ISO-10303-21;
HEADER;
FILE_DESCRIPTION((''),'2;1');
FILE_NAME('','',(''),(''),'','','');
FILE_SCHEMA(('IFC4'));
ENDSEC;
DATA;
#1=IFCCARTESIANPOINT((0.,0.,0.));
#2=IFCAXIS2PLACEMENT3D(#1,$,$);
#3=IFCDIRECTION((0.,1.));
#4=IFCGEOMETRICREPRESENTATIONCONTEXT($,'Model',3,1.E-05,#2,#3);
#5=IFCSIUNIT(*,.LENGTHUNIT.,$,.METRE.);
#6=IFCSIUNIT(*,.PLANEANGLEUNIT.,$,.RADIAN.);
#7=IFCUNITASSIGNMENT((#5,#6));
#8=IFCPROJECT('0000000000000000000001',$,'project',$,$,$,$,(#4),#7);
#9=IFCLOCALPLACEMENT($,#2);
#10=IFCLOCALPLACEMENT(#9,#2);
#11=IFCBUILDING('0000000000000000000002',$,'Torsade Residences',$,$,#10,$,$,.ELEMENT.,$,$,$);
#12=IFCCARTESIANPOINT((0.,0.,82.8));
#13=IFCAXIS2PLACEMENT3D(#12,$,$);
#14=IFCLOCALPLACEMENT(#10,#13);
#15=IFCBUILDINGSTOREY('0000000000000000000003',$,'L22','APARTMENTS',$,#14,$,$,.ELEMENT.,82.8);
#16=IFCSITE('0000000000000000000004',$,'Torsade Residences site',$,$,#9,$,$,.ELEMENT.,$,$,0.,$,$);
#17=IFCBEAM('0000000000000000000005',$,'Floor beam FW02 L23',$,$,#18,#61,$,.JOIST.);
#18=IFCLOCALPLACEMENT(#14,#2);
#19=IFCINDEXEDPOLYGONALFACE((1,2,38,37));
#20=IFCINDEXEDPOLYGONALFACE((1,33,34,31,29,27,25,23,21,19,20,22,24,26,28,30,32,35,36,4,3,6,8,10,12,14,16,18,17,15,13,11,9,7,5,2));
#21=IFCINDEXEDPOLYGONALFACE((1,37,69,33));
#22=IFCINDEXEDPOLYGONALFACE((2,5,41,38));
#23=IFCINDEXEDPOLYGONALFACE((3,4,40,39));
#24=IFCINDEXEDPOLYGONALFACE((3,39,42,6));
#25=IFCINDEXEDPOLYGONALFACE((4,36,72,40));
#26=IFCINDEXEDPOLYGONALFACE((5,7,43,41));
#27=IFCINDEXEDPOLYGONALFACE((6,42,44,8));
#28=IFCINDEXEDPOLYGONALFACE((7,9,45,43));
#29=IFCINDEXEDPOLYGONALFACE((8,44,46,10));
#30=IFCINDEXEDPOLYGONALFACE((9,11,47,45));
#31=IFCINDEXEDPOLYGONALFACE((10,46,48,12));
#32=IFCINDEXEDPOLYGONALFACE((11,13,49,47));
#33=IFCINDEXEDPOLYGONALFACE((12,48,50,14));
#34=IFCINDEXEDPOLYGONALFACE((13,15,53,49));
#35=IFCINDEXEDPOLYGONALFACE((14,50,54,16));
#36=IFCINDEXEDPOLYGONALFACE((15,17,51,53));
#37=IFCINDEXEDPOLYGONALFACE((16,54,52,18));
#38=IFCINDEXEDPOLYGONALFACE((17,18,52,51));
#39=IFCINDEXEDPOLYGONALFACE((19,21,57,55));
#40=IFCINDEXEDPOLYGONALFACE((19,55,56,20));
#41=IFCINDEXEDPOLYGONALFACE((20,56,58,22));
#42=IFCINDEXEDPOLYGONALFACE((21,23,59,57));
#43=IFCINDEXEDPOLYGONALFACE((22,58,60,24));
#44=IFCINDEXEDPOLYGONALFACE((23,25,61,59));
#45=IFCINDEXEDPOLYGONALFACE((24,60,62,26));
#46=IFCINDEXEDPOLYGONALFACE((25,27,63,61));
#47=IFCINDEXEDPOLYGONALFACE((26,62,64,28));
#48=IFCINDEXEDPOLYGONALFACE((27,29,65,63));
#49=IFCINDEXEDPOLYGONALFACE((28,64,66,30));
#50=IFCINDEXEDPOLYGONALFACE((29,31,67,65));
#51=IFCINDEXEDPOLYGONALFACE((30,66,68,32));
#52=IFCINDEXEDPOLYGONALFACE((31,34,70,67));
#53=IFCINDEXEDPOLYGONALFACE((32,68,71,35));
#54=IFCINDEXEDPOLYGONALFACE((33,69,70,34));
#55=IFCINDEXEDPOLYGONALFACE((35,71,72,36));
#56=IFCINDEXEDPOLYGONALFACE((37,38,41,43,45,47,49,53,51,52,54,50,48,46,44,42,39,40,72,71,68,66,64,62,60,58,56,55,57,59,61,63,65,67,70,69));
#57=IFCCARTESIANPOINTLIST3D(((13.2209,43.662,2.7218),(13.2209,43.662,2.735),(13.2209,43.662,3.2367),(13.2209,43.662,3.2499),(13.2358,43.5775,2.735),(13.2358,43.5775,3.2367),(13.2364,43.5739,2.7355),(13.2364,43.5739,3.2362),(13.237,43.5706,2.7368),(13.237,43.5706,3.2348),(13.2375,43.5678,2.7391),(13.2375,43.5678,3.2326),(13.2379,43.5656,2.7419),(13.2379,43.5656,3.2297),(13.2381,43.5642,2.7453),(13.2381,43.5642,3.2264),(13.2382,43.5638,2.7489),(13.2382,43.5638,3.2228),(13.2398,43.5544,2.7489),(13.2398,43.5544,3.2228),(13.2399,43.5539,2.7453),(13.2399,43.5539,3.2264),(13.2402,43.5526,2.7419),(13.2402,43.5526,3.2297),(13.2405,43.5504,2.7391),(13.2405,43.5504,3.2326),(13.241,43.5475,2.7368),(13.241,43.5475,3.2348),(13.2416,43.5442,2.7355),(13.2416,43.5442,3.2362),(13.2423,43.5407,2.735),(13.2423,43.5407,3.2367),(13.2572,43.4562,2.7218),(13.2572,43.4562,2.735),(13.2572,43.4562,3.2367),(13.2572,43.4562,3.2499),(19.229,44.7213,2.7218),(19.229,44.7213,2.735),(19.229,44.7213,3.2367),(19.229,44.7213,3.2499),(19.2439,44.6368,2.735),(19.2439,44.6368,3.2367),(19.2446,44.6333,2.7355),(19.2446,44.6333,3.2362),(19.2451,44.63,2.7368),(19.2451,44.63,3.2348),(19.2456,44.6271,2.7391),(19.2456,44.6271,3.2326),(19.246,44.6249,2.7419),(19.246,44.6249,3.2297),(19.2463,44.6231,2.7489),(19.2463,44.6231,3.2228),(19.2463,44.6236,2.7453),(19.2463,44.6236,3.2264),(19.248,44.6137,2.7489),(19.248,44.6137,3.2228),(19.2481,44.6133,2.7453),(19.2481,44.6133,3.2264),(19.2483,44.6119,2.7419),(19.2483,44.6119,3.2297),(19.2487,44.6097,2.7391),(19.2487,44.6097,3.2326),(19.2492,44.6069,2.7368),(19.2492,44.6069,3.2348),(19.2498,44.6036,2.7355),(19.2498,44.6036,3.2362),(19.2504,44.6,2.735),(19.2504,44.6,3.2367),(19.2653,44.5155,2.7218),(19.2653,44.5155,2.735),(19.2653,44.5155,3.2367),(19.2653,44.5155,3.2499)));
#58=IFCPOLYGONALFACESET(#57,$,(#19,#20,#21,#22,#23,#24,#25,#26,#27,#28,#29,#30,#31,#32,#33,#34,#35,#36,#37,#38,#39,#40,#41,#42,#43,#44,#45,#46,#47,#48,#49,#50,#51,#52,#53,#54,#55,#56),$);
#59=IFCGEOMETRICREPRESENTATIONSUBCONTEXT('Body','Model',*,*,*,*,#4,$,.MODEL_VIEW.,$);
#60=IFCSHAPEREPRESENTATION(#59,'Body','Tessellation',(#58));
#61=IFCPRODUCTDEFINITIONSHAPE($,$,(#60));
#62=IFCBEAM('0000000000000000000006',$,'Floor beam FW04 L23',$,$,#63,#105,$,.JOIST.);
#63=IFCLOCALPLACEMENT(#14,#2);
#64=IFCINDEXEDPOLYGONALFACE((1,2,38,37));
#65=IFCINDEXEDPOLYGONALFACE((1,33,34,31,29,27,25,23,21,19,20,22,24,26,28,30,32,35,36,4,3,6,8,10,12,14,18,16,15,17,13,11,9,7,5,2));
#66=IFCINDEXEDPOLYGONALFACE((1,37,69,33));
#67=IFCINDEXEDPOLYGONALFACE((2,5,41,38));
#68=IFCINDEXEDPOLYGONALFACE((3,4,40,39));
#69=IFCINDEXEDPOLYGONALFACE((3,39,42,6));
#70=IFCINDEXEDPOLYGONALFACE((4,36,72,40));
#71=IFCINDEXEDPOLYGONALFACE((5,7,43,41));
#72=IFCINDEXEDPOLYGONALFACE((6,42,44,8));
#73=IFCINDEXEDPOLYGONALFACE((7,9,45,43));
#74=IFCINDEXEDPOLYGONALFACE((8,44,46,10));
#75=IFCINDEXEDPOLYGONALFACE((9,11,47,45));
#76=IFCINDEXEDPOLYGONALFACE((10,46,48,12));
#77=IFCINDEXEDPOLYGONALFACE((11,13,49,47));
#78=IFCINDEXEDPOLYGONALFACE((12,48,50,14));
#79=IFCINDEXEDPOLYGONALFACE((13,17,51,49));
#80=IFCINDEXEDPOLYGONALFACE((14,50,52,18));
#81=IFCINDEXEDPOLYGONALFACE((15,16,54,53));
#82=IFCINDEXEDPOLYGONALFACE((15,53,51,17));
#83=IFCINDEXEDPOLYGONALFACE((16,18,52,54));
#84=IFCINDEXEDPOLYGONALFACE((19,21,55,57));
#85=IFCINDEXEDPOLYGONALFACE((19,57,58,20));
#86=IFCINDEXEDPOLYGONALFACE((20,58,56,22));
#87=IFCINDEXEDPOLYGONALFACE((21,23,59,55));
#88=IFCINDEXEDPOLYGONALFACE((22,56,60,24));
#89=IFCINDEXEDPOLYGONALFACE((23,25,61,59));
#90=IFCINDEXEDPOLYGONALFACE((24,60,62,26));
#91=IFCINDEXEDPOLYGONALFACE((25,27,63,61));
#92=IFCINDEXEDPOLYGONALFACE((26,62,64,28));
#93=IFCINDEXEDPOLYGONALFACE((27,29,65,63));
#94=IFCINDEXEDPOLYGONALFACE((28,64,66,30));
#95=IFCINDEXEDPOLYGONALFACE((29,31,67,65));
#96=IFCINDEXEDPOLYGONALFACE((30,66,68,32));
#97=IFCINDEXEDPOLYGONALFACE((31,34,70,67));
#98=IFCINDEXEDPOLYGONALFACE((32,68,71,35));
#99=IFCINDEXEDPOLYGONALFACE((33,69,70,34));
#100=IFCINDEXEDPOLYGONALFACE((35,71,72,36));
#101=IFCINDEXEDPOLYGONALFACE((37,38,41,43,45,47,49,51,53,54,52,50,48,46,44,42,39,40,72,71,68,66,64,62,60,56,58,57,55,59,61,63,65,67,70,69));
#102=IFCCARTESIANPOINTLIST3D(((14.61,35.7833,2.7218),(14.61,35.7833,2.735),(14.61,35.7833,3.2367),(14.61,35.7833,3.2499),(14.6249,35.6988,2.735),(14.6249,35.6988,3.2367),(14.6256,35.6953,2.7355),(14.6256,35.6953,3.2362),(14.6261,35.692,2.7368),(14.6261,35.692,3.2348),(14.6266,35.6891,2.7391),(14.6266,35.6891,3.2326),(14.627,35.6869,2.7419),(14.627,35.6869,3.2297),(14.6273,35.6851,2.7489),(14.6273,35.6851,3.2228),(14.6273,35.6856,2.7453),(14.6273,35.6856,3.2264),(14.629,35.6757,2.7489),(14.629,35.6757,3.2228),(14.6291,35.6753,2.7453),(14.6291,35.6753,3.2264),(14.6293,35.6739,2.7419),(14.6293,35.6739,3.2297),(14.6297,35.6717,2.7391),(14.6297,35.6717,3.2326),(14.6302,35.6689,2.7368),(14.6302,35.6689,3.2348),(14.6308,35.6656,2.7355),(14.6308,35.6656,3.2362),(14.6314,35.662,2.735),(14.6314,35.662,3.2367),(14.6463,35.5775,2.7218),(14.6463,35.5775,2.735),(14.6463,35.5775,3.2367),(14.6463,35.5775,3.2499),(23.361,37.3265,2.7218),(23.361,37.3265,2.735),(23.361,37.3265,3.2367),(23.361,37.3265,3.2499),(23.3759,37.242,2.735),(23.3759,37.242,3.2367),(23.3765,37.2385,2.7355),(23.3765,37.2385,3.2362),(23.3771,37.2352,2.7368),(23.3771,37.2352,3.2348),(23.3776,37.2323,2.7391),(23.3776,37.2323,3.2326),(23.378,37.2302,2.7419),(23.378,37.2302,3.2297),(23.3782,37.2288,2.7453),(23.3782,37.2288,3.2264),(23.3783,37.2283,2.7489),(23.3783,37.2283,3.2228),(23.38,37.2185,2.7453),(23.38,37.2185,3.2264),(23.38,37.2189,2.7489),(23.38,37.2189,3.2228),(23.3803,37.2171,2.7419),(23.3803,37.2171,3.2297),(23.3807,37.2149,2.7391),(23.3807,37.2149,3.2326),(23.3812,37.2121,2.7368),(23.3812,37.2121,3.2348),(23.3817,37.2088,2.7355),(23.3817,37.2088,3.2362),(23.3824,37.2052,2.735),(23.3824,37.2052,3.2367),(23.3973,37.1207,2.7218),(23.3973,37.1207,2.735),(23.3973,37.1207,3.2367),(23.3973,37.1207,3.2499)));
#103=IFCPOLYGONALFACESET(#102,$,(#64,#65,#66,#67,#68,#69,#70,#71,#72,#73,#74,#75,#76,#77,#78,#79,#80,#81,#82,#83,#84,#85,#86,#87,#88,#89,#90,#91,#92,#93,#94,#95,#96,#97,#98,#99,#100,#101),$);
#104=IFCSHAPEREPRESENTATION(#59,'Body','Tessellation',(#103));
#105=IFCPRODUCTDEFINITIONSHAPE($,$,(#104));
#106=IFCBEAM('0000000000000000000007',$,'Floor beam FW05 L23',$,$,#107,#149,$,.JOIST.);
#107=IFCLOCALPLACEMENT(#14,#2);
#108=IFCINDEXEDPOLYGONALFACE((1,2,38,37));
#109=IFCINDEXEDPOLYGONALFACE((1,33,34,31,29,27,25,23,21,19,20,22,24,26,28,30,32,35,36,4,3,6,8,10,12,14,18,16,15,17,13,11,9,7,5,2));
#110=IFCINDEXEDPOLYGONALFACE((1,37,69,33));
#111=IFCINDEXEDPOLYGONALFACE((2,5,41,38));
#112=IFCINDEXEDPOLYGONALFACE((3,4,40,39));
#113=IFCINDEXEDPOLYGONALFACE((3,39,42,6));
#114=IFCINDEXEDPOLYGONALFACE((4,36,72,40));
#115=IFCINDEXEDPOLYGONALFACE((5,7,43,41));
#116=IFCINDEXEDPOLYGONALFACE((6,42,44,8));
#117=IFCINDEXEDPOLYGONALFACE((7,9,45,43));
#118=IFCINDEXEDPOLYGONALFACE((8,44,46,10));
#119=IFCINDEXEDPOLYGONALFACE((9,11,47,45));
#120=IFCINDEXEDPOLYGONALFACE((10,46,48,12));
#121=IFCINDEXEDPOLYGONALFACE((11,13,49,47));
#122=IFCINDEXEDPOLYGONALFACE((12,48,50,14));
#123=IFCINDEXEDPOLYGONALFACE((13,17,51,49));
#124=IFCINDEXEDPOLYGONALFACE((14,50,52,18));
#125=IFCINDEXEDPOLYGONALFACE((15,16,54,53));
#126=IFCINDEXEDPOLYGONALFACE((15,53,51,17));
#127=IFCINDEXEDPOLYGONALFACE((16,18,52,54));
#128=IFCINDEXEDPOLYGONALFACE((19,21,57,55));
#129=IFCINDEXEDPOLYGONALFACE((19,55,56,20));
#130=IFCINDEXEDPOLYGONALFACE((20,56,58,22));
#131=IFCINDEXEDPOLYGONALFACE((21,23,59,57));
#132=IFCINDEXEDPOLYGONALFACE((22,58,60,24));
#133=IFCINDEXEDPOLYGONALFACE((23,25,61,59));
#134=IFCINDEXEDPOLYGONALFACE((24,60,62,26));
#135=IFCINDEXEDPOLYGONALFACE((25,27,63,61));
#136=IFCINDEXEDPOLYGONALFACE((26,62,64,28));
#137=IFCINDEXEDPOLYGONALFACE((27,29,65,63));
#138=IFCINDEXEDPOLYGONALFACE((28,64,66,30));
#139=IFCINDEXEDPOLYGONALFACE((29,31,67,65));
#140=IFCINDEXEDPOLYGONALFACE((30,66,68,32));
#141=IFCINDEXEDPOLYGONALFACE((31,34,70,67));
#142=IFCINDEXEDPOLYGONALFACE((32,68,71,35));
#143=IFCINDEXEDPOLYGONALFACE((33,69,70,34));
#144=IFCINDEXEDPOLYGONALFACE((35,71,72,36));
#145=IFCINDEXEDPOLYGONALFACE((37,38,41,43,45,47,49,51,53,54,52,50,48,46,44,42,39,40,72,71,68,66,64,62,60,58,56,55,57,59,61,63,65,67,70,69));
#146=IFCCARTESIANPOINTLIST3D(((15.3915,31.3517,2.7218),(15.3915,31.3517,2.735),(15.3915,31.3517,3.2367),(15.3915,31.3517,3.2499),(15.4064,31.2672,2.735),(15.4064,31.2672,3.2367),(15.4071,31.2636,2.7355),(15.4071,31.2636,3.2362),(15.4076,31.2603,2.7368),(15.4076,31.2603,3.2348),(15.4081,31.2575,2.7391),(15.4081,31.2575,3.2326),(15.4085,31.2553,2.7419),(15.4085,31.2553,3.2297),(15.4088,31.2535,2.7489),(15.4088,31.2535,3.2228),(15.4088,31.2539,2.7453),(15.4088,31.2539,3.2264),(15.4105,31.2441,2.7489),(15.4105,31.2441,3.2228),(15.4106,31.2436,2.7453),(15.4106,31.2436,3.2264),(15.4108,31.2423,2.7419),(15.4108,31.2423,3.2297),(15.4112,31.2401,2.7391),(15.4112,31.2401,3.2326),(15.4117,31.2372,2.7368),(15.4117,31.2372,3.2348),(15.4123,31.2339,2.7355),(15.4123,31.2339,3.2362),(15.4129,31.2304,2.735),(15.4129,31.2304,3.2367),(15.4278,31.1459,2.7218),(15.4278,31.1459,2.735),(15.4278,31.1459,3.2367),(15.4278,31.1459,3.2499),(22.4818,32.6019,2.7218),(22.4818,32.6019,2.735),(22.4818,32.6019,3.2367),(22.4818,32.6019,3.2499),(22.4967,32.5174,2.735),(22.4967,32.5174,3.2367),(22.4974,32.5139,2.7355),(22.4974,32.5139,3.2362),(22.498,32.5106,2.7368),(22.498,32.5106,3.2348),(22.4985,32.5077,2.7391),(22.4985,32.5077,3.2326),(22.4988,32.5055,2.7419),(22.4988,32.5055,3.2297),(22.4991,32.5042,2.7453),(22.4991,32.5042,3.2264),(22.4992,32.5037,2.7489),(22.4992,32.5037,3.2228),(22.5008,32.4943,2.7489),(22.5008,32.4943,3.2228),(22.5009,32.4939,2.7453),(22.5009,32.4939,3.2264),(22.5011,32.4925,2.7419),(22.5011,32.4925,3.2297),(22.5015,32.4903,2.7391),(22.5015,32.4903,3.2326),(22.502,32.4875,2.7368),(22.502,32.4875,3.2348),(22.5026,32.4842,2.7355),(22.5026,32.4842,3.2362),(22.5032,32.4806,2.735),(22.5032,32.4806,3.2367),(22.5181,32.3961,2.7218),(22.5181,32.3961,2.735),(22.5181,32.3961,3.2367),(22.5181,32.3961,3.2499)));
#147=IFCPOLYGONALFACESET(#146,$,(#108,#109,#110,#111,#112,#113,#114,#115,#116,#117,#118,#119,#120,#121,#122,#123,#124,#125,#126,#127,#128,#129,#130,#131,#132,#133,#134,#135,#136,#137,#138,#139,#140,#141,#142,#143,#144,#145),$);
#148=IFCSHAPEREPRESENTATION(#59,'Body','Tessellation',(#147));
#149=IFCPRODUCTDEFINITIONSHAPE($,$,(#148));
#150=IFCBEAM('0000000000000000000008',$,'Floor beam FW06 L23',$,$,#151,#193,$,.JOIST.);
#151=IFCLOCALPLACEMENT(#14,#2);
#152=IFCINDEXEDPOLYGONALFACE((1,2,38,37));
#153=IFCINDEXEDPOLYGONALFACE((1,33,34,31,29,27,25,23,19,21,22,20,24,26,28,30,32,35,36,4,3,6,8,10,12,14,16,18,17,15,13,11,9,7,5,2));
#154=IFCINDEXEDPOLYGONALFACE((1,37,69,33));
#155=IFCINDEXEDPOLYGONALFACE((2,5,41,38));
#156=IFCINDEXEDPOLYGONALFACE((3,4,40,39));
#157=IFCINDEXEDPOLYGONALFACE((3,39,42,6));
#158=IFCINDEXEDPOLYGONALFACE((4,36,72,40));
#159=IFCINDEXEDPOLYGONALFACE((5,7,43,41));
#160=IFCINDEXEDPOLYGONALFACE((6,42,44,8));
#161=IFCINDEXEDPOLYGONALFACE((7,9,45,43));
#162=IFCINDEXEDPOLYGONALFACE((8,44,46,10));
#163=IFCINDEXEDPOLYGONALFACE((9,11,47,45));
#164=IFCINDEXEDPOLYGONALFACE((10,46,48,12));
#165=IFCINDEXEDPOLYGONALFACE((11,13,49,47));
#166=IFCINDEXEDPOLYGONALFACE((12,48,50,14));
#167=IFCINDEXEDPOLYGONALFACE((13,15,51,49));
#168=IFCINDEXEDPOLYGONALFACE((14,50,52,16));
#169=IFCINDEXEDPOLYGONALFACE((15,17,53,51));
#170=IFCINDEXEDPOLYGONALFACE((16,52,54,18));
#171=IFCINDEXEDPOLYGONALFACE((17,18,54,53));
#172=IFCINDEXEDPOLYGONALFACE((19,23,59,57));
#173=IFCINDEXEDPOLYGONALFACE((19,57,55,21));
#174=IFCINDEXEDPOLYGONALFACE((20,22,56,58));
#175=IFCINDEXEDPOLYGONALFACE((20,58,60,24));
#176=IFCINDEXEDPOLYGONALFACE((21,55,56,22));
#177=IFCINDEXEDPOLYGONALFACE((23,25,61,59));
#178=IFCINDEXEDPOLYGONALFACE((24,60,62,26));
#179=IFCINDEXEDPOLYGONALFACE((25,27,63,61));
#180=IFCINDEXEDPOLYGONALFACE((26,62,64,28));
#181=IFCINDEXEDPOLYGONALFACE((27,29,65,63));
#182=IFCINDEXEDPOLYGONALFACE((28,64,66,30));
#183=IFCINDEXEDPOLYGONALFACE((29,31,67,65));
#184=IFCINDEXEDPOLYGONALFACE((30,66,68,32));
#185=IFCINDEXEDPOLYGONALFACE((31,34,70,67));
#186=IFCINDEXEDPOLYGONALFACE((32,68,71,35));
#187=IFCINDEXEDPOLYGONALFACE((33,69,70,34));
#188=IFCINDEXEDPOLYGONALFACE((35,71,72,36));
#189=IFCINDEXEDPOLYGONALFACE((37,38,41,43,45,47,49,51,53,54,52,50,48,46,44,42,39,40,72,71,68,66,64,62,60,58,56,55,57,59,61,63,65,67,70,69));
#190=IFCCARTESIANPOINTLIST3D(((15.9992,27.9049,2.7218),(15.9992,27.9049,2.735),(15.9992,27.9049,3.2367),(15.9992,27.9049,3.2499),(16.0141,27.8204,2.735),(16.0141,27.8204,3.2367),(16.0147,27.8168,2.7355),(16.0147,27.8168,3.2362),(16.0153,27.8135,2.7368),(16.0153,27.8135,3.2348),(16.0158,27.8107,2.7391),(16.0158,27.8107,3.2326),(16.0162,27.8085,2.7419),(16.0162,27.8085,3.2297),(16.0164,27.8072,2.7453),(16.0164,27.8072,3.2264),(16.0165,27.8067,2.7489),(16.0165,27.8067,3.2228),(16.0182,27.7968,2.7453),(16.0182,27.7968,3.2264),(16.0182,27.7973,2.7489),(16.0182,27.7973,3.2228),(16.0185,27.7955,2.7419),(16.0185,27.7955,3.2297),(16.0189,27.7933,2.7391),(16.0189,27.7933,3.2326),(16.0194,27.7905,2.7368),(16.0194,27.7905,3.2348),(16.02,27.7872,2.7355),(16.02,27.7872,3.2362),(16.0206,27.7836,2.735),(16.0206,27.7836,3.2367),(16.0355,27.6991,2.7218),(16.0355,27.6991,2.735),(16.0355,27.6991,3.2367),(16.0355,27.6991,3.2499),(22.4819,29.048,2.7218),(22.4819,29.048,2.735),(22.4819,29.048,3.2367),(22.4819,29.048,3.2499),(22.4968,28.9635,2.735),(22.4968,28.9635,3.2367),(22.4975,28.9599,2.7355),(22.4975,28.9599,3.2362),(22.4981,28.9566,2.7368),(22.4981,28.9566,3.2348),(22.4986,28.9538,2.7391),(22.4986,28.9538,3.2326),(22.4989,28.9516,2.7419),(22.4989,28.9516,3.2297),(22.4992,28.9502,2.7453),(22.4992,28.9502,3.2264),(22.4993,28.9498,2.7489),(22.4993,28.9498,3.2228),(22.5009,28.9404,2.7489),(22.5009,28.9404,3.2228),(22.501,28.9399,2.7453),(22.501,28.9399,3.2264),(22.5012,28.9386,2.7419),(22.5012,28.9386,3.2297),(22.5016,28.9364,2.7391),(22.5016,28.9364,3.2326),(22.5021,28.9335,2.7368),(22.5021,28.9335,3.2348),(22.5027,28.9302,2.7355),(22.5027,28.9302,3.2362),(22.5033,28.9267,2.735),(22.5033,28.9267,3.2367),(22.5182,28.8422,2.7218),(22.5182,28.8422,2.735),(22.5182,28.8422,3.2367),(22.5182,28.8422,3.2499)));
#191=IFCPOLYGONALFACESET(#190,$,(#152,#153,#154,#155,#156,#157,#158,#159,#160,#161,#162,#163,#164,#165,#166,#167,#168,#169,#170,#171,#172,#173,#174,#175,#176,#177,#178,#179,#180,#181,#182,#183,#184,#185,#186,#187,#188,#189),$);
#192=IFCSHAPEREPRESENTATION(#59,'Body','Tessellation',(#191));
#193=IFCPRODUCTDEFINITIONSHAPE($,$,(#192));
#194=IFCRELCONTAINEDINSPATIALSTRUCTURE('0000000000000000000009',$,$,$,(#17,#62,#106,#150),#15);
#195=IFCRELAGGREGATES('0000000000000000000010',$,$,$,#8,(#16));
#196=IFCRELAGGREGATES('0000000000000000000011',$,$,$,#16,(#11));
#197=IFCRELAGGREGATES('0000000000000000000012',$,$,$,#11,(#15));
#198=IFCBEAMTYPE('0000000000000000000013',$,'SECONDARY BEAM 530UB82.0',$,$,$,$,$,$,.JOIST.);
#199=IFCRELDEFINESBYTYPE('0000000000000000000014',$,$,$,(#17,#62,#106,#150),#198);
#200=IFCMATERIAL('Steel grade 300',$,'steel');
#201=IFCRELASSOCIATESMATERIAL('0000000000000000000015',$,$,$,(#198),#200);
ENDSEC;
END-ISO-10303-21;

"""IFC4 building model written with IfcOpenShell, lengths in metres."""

from ifc_helpers import new_model, si_unit, direction, frame, origin, origin_2d, place, context, subcontext, project, spatial, i_section, extrude, material, material_profile, profile_set, type_object, element, save


model = new_model("IFC4")

# Units and contexts
model_context = context("Model", 3, precision=1e-05, world=origin(), true_north=direction((0.0, 1.0)))
body_context = subcontext(model_context, "Body", "Model", "MODEL_VIEW")
ifc_project = project(units=[si_unit("LENGTHUNIT", "METRE"), si_unit("PLANEANGLEUNIT", "RADIAN")], contexts=[model_context])

# Site, building, storey
site_placement = place(None, origin())
site = spatial("IfcSite", under=ifc_project, at=site_placement, Name="Torsade Residences site", CompositionType="ELEMENT", RefElevation=0.0)
building_placement = place(site_placement, origin())
building = spatial("IfcBuilding", under=site, at=building_placement, Name="Torsade Residences", CompositionType="ELEMENT")
storey_placement = place(building_placement, frame((0.0, 0.0, 82.8)))
storey = spatial("IfcBuildingStorey", under=building, at=storey_placement, Name="L22", Description="APARTMENTS", CompositionType="ELEMENT", Elevation=82.8)

# Beams
ifc_material_1 = material(Name="Steel grade 300", Category="steel")
ifc_material_profile_1 = material_profile(ifc_material_1, i_section(OverallWidth=0.209, OverallDepth=0.5281, WebThickness=0.0095, FlangeThickness=0.0132, FilletRadius=0.0139, at=origin_2d()), Name="530UB82.0")
ifc_profile_set_1 = profile_set([ifc_material_profile_1], Name="Steel grade 300")
beam_type_1 = type_object("IfcBeamType", Name="SECONDARY BEAM 530UB82.0", PredefinedType="JOIST", material=ifc_profile_set_1)
beam_1_placement = place(storey_placement, frame((13.239, 43.5591, 2.9858), z_axis=(0.984809, 0.173639, 0.0), x_axis=(-0.173639, 0.984809, 0.0)))
element("IfcBeam", 1, at=beam_1_placement, inside=storey, type_object=beam_type_1, Name="Floor beam FW02 L23", PredefinedType="JOIST", context=body_context, shape_type="SweptSolid", body=[
    extrude(i_section(OverallWidth=0.209, OverallDepth=0.5281, WebThickness=0.0095, FlangeThickness=0.0132, FilletRadius=0.0139, at=origin_2d()), origin(), (0.0, 0.0, 1.0), 6.1008),
])
beam_2_placement = place(storey_placement, frame((14.6282, 35.6804, 2.9858), z_axis=(0.984804, 0.173668, 0.0), x_axis=(-0.173668, 0.984804, 0.0)))
element("IfcBeam", 2, at=beam_2_placement, inside=storey, type_object=beam_type_1, Name="Floor beam FW04 L23", PredefinedType="JOIST", context=body_context, shape_type="SweptSolid", body=[
    extrude(i_section(OverallWidth=0.209, OverallDepth=0.5281, WebThickness=0.0095, FlangeThickness=0.0132, FilletRadius=0.0139, at=origin_2d()), origin(), (0.0, 0.0, 1.0), 8.886),
])
beam_3_placement = place(storey_placement, frame((15.4097, 31.2488, 2.9858), z_axis=(0.984807, 0.173652, 0.0), x_axis=(-0.173652, 0.984807, 0.0)))
element("IfcBeam", 3, at=beam_3_placement, inside=storey, type_object=beam_type_1, Name="Floor beam FW05 L23", PredefinedType="JOIST", context=body_context, shape_type="SweptSolid", body=[
    extrude(i_section(OverallWidth=0.209, OverallDepth=0.5281, WebThickness=0.0095, FlangeThickness=0.0132, FilletRadius=0.0139, at=origin_2d()), origin(), (0.0, 0.0, 1.0), 7.1997),
])
beam_4_placement = place(storey_placement, frame((16.0173, 27.802, 2.9858), z_axis=(0.984808, 0.173648, 0.0), x_axis=(-0.173648, 0.984808, 0.0)))
element("IfcBeam", 4, at=beam_4_placement, inside=storey, type_object=beam_type_1, Name="Floor beam FW06 L23", PredefinedType="JOIST", context=body_context, shape_type="SweptSolid", body=[
    extrude(i_section(OverallWidth=0.209, OverallDepth=0.5281, WebThickness=0.0095, FlangeThickness=0.0132, FilletRadius=0.0139, at=origin_2d()), origin(), (0.0, 0.0, 1.0), 6.5828),
])

save(model, "model.ifc")
